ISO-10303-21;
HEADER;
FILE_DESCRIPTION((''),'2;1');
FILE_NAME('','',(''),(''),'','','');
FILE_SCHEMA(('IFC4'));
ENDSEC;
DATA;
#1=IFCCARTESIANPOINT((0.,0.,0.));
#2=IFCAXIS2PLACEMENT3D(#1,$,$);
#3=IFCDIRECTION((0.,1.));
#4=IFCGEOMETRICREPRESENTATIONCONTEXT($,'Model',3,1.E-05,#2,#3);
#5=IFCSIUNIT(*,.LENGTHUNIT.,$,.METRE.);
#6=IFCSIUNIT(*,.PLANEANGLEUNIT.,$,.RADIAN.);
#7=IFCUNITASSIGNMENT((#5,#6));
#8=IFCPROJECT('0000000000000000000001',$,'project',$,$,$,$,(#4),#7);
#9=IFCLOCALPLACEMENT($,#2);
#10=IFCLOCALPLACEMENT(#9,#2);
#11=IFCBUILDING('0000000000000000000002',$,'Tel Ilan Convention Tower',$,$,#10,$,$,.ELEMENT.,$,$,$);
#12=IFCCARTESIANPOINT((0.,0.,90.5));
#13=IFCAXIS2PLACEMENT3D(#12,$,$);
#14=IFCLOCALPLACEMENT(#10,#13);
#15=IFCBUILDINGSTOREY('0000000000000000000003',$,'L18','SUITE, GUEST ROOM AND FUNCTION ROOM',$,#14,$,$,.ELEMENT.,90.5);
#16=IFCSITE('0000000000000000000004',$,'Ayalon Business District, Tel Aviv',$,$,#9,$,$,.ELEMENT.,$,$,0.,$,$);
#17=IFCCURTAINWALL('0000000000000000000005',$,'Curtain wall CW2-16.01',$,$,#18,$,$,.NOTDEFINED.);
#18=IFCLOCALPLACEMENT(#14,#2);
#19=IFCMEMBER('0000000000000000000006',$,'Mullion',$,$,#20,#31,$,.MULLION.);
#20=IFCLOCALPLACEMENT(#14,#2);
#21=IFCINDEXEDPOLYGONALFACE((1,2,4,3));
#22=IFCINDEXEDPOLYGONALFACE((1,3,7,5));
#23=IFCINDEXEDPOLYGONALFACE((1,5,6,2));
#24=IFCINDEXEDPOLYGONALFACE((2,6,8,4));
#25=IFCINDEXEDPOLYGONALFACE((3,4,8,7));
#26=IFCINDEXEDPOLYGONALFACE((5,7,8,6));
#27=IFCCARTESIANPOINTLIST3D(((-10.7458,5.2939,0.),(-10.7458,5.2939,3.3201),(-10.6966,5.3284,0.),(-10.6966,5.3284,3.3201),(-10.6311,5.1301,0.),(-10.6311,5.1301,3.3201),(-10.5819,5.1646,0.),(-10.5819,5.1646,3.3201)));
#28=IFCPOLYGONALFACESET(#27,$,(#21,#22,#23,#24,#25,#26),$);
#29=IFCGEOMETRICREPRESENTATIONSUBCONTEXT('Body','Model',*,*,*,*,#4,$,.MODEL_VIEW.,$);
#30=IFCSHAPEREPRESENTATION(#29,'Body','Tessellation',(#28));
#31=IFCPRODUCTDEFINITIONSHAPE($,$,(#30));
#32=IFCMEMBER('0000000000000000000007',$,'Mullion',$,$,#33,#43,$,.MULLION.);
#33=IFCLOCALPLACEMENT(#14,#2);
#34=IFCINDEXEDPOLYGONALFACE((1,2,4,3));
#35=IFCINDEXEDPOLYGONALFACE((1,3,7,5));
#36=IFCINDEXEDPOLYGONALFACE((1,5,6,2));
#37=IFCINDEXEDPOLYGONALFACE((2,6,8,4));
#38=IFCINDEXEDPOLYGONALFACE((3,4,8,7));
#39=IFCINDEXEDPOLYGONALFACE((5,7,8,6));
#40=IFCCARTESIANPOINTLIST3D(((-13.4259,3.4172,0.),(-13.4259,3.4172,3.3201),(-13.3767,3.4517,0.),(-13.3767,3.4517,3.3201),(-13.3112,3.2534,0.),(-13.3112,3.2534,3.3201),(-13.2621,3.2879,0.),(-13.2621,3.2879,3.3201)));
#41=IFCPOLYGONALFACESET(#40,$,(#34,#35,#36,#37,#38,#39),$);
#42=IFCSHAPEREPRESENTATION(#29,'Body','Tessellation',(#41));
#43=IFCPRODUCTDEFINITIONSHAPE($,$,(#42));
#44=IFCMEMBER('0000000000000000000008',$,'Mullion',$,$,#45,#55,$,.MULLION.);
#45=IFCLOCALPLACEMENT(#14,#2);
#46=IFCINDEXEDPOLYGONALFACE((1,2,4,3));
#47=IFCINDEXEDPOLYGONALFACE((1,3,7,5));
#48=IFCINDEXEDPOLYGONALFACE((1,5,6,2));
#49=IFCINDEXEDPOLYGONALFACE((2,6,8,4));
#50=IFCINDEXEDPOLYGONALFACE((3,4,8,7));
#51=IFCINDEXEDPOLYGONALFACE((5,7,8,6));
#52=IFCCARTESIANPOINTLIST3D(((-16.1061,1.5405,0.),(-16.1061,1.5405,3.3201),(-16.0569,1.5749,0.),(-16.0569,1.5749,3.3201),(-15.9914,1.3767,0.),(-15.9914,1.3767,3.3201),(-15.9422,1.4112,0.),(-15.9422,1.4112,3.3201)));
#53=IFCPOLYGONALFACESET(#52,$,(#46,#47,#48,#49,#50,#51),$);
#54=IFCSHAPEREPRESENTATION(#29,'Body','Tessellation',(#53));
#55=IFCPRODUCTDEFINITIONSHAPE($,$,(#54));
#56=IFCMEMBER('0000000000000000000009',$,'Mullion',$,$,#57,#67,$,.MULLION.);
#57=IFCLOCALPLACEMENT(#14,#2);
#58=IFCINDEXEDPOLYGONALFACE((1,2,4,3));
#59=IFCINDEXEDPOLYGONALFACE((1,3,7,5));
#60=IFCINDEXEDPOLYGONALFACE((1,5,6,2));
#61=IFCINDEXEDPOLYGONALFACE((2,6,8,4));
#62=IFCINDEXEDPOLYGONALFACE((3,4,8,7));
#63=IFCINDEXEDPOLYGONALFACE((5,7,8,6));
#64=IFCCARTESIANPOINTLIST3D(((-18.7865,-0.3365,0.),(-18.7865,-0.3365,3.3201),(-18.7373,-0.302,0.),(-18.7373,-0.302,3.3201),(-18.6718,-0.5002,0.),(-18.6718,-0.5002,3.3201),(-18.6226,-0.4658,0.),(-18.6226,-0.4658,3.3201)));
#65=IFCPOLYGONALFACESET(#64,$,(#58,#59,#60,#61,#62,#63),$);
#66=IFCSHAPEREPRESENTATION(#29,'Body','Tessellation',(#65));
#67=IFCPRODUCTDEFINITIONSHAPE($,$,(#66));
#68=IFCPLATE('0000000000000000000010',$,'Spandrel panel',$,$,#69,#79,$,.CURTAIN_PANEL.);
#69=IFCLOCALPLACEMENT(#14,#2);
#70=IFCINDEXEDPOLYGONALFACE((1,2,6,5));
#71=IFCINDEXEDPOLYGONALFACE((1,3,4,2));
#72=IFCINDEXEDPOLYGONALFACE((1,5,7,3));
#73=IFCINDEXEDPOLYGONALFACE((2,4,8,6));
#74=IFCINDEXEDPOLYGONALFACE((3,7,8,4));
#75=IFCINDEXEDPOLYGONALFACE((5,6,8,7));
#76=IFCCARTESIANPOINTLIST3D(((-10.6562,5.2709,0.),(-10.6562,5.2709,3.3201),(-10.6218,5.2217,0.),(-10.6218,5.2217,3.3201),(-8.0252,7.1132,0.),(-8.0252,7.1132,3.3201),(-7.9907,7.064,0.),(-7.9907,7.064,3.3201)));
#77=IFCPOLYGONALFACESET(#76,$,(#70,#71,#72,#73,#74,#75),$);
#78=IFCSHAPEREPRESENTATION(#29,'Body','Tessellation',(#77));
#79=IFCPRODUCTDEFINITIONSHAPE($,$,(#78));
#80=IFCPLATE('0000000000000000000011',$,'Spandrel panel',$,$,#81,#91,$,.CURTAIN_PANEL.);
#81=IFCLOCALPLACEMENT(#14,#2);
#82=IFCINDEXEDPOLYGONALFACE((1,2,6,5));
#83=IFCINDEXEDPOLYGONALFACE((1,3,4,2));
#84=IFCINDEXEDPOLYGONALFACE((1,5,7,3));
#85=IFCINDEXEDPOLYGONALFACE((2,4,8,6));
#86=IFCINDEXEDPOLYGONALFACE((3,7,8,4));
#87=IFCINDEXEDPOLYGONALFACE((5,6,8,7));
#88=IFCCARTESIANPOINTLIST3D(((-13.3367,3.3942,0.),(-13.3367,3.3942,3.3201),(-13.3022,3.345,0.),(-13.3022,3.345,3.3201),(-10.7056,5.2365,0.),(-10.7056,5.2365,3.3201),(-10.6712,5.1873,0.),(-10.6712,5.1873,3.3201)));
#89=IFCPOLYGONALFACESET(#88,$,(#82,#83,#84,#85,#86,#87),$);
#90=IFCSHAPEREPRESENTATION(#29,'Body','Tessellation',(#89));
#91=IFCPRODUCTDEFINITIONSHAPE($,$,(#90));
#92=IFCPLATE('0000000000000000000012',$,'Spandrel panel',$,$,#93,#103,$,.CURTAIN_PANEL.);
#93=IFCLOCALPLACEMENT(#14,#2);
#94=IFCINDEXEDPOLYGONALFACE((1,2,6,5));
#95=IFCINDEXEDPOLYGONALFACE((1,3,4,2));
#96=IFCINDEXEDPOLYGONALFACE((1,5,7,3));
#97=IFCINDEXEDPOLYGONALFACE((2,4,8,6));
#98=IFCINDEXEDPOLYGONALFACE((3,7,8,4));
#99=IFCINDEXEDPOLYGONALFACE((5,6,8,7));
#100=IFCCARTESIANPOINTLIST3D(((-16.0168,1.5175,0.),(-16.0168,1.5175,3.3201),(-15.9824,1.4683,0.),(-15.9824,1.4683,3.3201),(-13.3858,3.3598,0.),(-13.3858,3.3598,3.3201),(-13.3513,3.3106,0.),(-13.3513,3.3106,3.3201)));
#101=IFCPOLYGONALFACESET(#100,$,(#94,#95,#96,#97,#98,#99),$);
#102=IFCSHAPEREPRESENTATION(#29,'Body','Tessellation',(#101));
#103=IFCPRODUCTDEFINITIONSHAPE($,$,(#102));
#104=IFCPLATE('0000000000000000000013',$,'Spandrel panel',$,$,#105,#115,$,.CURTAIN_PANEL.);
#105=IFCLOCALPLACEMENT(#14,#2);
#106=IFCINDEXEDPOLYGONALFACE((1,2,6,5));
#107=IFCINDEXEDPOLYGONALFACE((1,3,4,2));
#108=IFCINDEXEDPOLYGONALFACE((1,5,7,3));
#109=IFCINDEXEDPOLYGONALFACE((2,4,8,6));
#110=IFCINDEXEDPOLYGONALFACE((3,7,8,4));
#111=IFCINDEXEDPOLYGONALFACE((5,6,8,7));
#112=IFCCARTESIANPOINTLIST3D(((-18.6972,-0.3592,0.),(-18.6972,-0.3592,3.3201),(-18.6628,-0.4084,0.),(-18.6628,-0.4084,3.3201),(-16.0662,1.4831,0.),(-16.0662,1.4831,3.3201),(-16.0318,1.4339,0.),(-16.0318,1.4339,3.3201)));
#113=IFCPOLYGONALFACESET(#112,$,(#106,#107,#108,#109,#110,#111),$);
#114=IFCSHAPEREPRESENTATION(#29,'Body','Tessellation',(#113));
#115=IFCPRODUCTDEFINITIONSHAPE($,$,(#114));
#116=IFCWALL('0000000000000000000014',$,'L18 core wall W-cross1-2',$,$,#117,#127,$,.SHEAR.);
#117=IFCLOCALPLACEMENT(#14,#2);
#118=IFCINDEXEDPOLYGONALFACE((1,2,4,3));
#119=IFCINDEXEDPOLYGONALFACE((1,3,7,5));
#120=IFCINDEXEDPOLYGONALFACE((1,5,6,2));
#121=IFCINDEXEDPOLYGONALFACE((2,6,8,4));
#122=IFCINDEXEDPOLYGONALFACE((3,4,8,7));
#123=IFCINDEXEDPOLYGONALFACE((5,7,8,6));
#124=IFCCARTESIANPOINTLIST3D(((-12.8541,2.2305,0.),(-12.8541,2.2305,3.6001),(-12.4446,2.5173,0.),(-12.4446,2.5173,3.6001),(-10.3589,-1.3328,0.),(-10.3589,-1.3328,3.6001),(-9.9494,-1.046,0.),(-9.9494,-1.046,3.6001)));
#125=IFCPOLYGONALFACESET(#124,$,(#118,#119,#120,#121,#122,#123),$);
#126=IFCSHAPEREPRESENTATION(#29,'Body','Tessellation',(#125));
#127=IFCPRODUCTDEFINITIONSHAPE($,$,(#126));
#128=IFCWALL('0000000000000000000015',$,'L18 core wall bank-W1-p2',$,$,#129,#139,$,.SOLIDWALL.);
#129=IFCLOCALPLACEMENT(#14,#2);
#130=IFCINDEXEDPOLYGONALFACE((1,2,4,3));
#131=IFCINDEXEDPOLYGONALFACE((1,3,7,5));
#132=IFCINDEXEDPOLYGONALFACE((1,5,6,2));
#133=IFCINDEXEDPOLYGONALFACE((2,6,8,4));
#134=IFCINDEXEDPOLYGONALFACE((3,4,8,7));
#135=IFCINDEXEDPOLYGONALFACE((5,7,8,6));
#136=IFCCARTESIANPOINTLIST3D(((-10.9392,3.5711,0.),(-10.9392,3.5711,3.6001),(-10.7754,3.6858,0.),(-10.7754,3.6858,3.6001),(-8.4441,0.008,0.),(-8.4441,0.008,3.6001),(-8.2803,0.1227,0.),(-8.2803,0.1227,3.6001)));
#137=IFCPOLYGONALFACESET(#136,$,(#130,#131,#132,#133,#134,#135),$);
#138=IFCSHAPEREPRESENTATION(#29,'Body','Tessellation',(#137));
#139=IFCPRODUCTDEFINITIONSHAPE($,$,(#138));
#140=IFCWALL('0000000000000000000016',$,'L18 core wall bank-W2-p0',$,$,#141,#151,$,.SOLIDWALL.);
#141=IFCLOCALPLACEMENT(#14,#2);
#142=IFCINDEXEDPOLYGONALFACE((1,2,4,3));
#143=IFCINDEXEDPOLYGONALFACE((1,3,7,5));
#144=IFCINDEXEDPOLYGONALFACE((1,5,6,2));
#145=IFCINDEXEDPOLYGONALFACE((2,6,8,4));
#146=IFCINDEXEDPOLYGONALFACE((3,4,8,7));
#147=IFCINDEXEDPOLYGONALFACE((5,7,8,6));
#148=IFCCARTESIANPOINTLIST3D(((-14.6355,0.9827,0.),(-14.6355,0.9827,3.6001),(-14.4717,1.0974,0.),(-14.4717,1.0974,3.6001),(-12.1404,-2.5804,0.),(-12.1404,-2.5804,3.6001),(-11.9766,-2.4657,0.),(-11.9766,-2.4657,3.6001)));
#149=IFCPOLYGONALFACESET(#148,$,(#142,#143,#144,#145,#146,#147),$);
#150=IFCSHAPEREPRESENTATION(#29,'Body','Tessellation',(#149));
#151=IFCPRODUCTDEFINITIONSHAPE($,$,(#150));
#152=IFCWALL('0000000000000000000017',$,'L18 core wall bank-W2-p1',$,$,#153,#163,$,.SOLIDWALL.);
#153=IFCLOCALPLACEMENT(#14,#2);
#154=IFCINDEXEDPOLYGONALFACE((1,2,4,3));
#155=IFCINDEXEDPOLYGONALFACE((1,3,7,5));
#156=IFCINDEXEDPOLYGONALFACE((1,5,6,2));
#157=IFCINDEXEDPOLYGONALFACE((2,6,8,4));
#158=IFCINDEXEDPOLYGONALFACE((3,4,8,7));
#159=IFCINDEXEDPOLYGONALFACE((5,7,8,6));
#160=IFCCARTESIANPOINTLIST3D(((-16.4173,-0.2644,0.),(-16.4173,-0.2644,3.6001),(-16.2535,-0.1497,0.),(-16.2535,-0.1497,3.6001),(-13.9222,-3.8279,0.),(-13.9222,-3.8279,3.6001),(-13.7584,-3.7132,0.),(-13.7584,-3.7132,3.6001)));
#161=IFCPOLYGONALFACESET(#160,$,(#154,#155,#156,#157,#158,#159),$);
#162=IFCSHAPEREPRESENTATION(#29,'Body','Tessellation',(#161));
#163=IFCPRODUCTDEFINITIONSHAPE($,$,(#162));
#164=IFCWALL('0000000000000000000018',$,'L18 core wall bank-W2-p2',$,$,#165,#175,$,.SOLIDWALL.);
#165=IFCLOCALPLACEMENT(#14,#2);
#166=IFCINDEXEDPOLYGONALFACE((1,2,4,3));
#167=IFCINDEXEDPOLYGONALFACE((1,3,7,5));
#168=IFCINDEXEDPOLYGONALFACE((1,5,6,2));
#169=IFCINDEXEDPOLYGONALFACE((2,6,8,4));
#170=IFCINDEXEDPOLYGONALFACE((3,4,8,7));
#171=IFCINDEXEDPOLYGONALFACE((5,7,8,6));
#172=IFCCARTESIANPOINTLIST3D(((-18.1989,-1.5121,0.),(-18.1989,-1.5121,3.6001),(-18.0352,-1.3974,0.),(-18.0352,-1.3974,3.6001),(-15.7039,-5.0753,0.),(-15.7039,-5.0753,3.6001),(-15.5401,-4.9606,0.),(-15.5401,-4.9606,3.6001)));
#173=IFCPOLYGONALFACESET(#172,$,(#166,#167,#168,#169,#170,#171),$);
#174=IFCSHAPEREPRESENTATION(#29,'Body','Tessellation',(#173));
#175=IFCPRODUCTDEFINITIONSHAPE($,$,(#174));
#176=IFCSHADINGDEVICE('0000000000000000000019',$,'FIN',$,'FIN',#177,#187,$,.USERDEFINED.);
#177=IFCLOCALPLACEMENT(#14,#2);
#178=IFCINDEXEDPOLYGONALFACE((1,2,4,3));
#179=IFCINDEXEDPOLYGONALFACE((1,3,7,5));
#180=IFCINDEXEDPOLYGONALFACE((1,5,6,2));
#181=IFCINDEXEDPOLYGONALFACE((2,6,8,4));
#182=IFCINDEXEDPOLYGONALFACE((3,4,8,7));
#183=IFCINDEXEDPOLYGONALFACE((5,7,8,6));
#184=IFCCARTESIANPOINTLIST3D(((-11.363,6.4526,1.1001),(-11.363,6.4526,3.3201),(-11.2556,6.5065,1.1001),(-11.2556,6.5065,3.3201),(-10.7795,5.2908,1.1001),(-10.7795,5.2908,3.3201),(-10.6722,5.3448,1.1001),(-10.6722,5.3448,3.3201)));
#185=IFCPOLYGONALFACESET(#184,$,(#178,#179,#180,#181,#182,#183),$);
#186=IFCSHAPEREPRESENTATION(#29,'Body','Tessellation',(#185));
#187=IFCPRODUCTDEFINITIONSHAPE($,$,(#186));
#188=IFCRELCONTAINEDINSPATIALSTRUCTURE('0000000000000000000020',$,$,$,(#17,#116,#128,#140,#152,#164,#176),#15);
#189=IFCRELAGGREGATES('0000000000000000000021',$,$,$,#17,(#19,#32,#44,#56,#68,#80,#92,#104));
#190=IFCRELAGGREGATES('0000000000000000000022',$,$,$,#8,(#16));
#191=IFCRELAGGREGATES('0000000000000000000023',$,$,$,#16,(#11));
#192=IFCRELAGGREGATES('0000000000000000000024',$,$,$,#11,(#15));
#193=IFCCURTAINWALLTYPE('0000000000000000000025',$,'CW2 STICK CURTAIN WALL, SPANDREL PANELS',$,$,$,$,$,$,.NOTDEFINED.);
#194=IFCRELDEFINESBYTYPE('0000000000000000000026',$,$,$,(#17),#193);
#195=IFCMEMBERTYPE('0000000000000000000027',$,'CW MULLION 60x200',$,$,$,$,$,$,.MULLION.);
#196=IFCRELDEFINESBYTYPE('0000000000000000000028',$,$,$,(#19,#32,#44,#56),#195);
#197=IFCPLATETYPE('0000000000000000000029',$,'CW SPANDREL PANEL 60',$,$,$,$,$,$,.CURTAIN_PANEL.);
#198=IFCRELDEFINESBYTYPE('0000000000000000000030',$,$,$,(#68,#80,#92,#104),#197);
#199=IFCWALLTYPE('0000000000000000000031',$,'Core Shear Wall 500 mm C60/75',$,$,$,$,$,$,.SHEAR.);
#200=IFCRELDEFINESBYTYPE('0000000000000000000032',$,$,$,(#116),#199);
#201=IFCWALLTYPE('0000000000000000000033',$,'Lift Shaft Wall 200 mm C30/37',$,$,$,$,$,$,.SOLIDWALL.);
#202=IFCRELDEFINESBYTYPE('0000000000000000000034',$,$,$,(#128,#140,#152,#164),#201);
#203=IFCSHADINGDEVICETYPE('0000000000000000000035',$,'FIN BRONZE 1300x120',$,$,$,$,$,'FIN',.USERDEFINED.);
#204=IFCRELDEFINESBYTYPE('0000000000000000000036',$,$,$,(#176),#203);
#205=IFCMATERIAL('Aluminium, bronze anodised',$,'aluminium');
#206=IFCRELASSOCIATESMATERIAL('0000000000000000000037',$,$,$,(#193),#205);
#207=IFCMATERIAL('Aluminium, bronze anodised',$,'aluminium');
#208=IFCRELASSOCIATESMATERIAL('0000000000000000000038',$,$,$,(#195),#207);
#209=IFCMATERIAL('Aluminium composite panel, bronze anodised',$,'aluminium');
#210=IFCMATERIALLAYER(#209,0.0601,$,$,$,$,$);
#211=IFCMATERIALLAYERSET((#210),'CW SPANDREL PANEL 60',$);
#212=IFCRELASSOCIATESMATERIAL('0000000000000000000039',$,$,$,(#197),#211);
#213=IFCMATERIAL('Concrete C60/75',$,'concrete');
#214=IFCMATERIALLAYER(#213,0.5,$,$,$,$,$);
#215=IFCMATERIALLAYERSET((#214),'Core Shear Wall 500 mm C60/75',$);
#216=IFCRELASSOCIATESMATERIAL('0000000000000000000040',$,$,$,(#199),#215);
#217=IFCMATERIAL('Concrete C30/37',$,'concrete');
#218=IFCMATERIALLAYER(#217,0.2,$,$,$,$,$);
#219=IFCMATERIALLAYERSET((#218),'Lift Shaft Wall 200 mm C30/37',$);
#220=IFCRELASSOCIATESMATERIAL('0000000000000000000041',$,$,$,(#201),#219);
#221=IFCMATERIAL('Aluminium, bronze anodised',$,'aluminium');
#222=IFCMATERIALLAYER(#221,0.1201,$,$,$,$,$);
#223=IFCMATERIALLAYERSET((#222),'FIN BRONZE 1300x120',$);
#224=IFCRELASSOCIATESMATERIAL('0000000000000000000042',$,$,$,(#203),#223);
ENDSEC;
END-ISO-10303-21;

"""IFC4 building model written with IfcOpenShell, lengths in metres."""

from ifc_helpers import new_model, si_unit, direction, frame, frame_2d, origin, origin_2d, place, context, subcontext, project, spatial, polyline, rectangle, outline, extrude, material, layer, layer_set, material_profile, profile_set, type_object, element, aggregate, save


model = new_model("IFC4")

# Units and contexts
model_context = context("Model", 3, precision=1e-05, world=origin(), true_north=direction((0.0, 1.0)))
body_context = subcontext(model_context, "Body", "Model", "MODEL_VIEW")
ifc_project = project(units=[si_unit("LENGTHUNIT", "METRE"), si_unit("PLANEANGLEUNIT", "RADIAN")], contexts=[model_context])

# Site, building, storey
site_placement = place(None, origin())
site = spatial("IfcSite", under=ifc_project, at=site_placement, Name="Ayalon Business District, Tel Aviv", CompositionType="ELEMENT", RefElevation=0.0)
building_placement = place(site_placement, origin())
building = spatial("IfcBuilding", under=site, at=building_placement, Name="Tel Ilan Convention Tower", CompositionType="ELEMENT")
storey_placement = place(building_placement, frame((0.0, 0.0, 90.5)))
storey = spatial("IfcBuildingStorey", under=building, at=storey_placement, Name="L18", Description="SUITE, GUEST ROOM AND FUNCTION ROOM", CompositionType="ELEMENT", Elevation=90.5)

# Curtain wall, members, plates
ifc_material_1 = material(Name="Aluminium, bronze anodised", Category="aluminium")
curtain_wall_type = type_object("IfcCurtainWallType", Name="CW2 STICK CURTAIN WALL, SPANDREL PANELS", PredefinedType="NOTDEFINED", material=ifc_material_1)
curtain_wall_placement = place(storey_placement, origin())
curtain_wall = element("IfcCurtainWall", 1, at=curtain_wall_placement, inside=storey, type_object=curtain_wall_type, Name="Curtain wall CW2-16.01", PredefinedType="NOTDEFINED")
ifc_material_2 = material(Name="Aluminium, bronze anodised", Category="aluminium")
ifc_material_profile = material_profile(ifc_material_2, rectangle(XDim=0.0601, YDim=0.2, at=origin_2d()), Name="CW MULLION 60x200")
ifc_profile_set = profile_set([ifc_material_profile], Name="Aluminium, bronze anodised")
member_type = type_object("IfcMemberType", Name="CW MULLION 60x200", PredefinedType="MULLION", material=ifc_profile_set)
member_1_placement = place(storey_placement, frame((-10.6638, 5.2292, 0.0), z_axis=(0.0, 0.0, 1.0), x_axis=(-0.819152, -0.573576, 0.0)))
member_1 = element("IfcMember", 2, at=member_1_placement, type_object=member_type, Name="Mullion", PredefinedType="MULLION", context=body_context, shape_type="SweptSolid", body=[
    extrude(rectangle(XDim=0.0601, YDim=0.2, at=origin_2d()), origin(), (0.0, 0.0, 1.0), 3.3201),
])
member_2_placement = place(storey_placement, frame((-13.344, 3.3525, 0.0), z_axis=(0.0, 0.0, 1.0), x_axis=(-0.819152, -0.573576, 0.0)))
member_2 = element("IfcMember", 3, at=member_2_placement, type_object=member_type, Name="Mullion", PredefinedType="MULLION", context=body_context, shape_type="SweptSolid", body=[
    extrude(rectangle(XDim=0.0601, YDim=0.2, at=origin_2d()), origin(), (0.0, 0.0, 1.0), 3.3201),
])
member_3_placement = place(storey_placement, frame((-16.0242, 1.4758, 0.0), z_axis=(0.0, 0.0, 1.0), x_axis=(-0.819152, -0.573576, 0.0)))
member_3 = element("IfcMember", 4, at=member_3_placement, type_object=member_type, Name="Mullion", PredefinedType="MULLION", context=body_context, shape_type="SweptSolid", body=[
    extrude(rectangle(XDim=0.0601, YDim=0.2, at=origin_2d()), origin(), (0.0, 0.0, 1.0), 3.3201),
])
member_4_placement = place(storey_placement, frame((-18.7046, -0.4011, 0.0), z_axis=(0.0, 0.0, 1.0), x_axis=(-0.819152, -0.573576, 0.0)))
member_4 = element("IfcMember", 5, at=member_4_placement, type_object=member_type, Name="Mullion", PredefinedType="MULLION", context=body_context, shape_type="SweptSolid", body=[
    extrude(rectangle(XDim=0.0601, YDim=0.2, at=origin_2d()), origin(), (0.0, 0.0, 1.0), 3.3201),
])
ifc_material_3 = material(Name="Aluminium composite panel, bronze anodised", Category="aluminium")
ifc_layer_1 = layer(ifc_material_3, 0.0601)
ifc_layer_set_1 = layer_set([ifc_layer_1], Name="CW SPANDREL PANEL 60")
plate_type = type_object("IfcPlateType", Name="CW SPANDREL PANEL 60", PredefinedType="CURTAIN_PANEL", material=ifc_layer_set_1)
plate_1_placement = place(storey_placement, frame((-9.3235, 6.1675, 0.0), z_axis=(0.0, 0.0, 1.0), x_axis=(-0.819152, -0.573576, 0.0)))
plate_1 = element("IfcPlate", 6, at=plate_1_placement, type_object=plate_type, Name="Spandrel panel", PredefinedType="CURTAIN_PANEL", context=body_context, shape_type="SweptSolid", body=[
    extrude(rectangle(XDim=3.2119, YDim=0.0601, at=origin_2d()), origin(), (0.0, 0.0, 1.0), 3.3201),
])
plate_2_placement = place(storey_placement, frame((-12.0039, 4.2908, 0.0), z_axis=(0.0, 0.0, 1.0), x_axis=(-0.819152, -0.573576, 0.0)))
plate_2 = element("IfcPlate", 7, at=plate_2_placement, type_object=plate_type, Name="Spandrel panel", PredefinedType="CURTAIN_PANEL", context=body_context, shape_type="SweptSolid", body=[
    extrude(rectangle(XDim=3.2119, YDim=0.0601, at=origin_2d()), origin(), (0.0, 0.0, 1.0), 3.3201),
])
plate_3_placement = place(storey_placement, frame((-14.6841, 2.4141, 0.0), z_axis=(0.0, 0.0, 1.0), x_axis=(-0.819152, -0.573576, 0.0)))
plate_3 = element("IfcPlate", 8, at=plate_3_placement, type_object=plate_type, Name="Spandrel panel", PredefinedType="CURTAIN_PANEL", context=body_context, shape_type="SweptSolid", body=[
    extrude(rectangle(XDim=3.2119, YDim=0.0601, at=origin_2d()), origin(), (0.0, 0.0, 1.0), 3.3201),
])
plate_4_placement = place(storey_placement, frame((-17.3645, 0.5374, 0.0), z_axis=(0.0, 0.0, 1.0), x_axis=(-0.819152, -0.573576, 0.0)))
plate_4 = element("IfcPlate", 9, at=plate_4_placement, type_object=plate_type, Name="Spandrel panel", PredefinedType="CURTAIN_PANEL", context=body_context, shape_type="SweptSolid", body=[
    extrude(rectangle(XDim=3.2119, YDim=0.0601, at=origin_2d()), origin(), (0.0, 0.0, 1.0), 3.3201),
])
aggregate(curtain_wall, [member_1, member_2, member_3, member_4, plate_1, plate_2, plate_3, plate_4])

# Walls
ifc_material_4 = material(Name="Concrete C60/75", Category="concrete")
ifc_layer_2 = layer(ifc_material_4, 0.5)
ifc_layer_set_2 = layer_set([ifc_layer_2], Name="Core Shear Wall 500 mm C60/75")
wall_type_1 = type_object("IfcWallType", Name="Core Shear Wall 500 mm C60/75", PredefinedType="SHEAR", material=ifc_layer_set_2)
wall_1_placement = place(storey_placement, frame((-10.1543, -1.1892, 0.0), z_axis=(0.0, 0.0, 1.0), x_axis=(-0.573594, 0.81914, 0.0)))
element("IfcWall", 10, at=wall_1_placement, inside=storey, type_object=wall_type_1, Name="L18 core wall W-cross1-2", PredefinedType="SHEAR", context=body_context, shape_type="SweptSolid", body=[
    extrude(outline(polyline([(4.3499, -0.25), (4.3499, 0.25), (-0.0002, 0.25), (-0.0002, -0.25), (4.3499, -0.25)])), origin(), (0.0, 0.0, 1.0), 3.6001),
])
ifc_material_5 = material(Name="Concrete C30/37", Category="concrete")
ifc_layer_3 = layer(ifc_material_5, 0.2)
ifc_layer_set_3 = layer_set([ifc_layer_3], Name="Lift Shaft Wall 200 mm C30/37")
wall_type_2 = type_object("IfcWallType", Name="Lift Shaft Wall 200 mm C30/37", PredefinedType="SOLIDWALL", material=ifc_layer_set_3)
for number, where, z_axis, x_axis, name in (
    (11, (-8.3623, 0.0654, 0.0), (0.0, 0.0, 1.0), (-0.573594, 0.81914, 0.0), "L18 core wall bank-W1-p2"),
    (12, (-12.0586, -2.5229, 0.0), (0.0, 0.0, 1.0), (-0.573594, 0.81914, 0.0), "L18 core wall bank-W2-p0"),
):
    element("IfcWall", number, at=place(storey_placement, frame(where, z_axis=z_axis, x_axis=x_axis)), inside=storey, type_object=wall_type_2, Name=name, PredefinedType="SOLIDWALL", context=body_context, shape_type="SweptSolid", body=[
        extrude(rectangle(XDim=4.3499, YDim=0.2, at=frame_2d((2.1748, 0.0))), origin(), (0.0, 0.0, 1.0), 3.6001),
    ])
wall_2_placement = place(storey_placement, frame((-13.8403, -3.7705, 0.0), z_axis=(0.0, 0.0, 1.0), x_axis=(-0.573568, 0.819158, 0.0)))
element("IfcWall", 13, at=wall_2_placement, inside=storey, type_object=wall_type_2, Name="L18 core wall bank-W2-p1", PredefinedType="SOLIDWALL", context=body_context, shape_type="SweptSolid", body=[
    extrude(rectangle(XDim=4.3501, YDim=0.2, at=frame_2d((2.175, 0.0))), origin(), (0.0, 0.0, 1.0), 3.6001),
])
wall_3_placement = place(storey_placement, frame((-15.6221, -5.0178, 0.0), z_axis=(0.0, 0.0, 1.0), x_axis=(-0.573594, 0.81914, 0.0)))
element("IfcWall", 14, at=wall_3_placement, inside=storey, type_object=wall_type_2, Name="L18 core wall bank-W2-p2", PredefinedType="SOLIDWALL", context=body_context, shape_type="SweptSolid", body=[
    extrude(rectangle(XDim=4.3499, YDim=0.2, at=frame_2d((2.1748, 0.0))), origin(), (0.0, 0.0, 1.0), 3.6001),
])

# Shading device
ifc_material_6 = material(Name="Aluminium, bronze anodised", Category="aluminium")
ifc_layer_4 = layer(ifc_material_6, 0.1201)
ifc_layer_set_4 = layer_set([ifc_layer_4], Name="FIN BRONZE 1300x120")
shading_device_type = type_object("IfcShadingDeviceType", Name="FIN BRONZE 1300x120", ElementType="FIN", PredefinedType="USERDEFINED", material=ifc_layer_set_4)
for number, where, z_axis, x_axis, name in (
    (15, (-11.0176, 5.8987, 1.1001), (0.0, 0.0, 1.0), (-0.448799, 0.893633, 0.0), "FIN"),
):
    element("IfcShadingDevice", number, at=place(storey_placement, frame(where, z_axis=z_axis, x_axis=x_axis)), inside=storey, type_object=shading_device_type, Name=name, ObjectType="FIN", PredefinedType="USERDEFINED", context=body_context, shape_type="SweptSolid", body=[
        extrude(rectangle(XDim=1.3, YDim=0.1201, at=origin_2d()), origin(), (0.0, 0.0, 1.0), 2.22),
    ])

save(model, "model.ifc")
